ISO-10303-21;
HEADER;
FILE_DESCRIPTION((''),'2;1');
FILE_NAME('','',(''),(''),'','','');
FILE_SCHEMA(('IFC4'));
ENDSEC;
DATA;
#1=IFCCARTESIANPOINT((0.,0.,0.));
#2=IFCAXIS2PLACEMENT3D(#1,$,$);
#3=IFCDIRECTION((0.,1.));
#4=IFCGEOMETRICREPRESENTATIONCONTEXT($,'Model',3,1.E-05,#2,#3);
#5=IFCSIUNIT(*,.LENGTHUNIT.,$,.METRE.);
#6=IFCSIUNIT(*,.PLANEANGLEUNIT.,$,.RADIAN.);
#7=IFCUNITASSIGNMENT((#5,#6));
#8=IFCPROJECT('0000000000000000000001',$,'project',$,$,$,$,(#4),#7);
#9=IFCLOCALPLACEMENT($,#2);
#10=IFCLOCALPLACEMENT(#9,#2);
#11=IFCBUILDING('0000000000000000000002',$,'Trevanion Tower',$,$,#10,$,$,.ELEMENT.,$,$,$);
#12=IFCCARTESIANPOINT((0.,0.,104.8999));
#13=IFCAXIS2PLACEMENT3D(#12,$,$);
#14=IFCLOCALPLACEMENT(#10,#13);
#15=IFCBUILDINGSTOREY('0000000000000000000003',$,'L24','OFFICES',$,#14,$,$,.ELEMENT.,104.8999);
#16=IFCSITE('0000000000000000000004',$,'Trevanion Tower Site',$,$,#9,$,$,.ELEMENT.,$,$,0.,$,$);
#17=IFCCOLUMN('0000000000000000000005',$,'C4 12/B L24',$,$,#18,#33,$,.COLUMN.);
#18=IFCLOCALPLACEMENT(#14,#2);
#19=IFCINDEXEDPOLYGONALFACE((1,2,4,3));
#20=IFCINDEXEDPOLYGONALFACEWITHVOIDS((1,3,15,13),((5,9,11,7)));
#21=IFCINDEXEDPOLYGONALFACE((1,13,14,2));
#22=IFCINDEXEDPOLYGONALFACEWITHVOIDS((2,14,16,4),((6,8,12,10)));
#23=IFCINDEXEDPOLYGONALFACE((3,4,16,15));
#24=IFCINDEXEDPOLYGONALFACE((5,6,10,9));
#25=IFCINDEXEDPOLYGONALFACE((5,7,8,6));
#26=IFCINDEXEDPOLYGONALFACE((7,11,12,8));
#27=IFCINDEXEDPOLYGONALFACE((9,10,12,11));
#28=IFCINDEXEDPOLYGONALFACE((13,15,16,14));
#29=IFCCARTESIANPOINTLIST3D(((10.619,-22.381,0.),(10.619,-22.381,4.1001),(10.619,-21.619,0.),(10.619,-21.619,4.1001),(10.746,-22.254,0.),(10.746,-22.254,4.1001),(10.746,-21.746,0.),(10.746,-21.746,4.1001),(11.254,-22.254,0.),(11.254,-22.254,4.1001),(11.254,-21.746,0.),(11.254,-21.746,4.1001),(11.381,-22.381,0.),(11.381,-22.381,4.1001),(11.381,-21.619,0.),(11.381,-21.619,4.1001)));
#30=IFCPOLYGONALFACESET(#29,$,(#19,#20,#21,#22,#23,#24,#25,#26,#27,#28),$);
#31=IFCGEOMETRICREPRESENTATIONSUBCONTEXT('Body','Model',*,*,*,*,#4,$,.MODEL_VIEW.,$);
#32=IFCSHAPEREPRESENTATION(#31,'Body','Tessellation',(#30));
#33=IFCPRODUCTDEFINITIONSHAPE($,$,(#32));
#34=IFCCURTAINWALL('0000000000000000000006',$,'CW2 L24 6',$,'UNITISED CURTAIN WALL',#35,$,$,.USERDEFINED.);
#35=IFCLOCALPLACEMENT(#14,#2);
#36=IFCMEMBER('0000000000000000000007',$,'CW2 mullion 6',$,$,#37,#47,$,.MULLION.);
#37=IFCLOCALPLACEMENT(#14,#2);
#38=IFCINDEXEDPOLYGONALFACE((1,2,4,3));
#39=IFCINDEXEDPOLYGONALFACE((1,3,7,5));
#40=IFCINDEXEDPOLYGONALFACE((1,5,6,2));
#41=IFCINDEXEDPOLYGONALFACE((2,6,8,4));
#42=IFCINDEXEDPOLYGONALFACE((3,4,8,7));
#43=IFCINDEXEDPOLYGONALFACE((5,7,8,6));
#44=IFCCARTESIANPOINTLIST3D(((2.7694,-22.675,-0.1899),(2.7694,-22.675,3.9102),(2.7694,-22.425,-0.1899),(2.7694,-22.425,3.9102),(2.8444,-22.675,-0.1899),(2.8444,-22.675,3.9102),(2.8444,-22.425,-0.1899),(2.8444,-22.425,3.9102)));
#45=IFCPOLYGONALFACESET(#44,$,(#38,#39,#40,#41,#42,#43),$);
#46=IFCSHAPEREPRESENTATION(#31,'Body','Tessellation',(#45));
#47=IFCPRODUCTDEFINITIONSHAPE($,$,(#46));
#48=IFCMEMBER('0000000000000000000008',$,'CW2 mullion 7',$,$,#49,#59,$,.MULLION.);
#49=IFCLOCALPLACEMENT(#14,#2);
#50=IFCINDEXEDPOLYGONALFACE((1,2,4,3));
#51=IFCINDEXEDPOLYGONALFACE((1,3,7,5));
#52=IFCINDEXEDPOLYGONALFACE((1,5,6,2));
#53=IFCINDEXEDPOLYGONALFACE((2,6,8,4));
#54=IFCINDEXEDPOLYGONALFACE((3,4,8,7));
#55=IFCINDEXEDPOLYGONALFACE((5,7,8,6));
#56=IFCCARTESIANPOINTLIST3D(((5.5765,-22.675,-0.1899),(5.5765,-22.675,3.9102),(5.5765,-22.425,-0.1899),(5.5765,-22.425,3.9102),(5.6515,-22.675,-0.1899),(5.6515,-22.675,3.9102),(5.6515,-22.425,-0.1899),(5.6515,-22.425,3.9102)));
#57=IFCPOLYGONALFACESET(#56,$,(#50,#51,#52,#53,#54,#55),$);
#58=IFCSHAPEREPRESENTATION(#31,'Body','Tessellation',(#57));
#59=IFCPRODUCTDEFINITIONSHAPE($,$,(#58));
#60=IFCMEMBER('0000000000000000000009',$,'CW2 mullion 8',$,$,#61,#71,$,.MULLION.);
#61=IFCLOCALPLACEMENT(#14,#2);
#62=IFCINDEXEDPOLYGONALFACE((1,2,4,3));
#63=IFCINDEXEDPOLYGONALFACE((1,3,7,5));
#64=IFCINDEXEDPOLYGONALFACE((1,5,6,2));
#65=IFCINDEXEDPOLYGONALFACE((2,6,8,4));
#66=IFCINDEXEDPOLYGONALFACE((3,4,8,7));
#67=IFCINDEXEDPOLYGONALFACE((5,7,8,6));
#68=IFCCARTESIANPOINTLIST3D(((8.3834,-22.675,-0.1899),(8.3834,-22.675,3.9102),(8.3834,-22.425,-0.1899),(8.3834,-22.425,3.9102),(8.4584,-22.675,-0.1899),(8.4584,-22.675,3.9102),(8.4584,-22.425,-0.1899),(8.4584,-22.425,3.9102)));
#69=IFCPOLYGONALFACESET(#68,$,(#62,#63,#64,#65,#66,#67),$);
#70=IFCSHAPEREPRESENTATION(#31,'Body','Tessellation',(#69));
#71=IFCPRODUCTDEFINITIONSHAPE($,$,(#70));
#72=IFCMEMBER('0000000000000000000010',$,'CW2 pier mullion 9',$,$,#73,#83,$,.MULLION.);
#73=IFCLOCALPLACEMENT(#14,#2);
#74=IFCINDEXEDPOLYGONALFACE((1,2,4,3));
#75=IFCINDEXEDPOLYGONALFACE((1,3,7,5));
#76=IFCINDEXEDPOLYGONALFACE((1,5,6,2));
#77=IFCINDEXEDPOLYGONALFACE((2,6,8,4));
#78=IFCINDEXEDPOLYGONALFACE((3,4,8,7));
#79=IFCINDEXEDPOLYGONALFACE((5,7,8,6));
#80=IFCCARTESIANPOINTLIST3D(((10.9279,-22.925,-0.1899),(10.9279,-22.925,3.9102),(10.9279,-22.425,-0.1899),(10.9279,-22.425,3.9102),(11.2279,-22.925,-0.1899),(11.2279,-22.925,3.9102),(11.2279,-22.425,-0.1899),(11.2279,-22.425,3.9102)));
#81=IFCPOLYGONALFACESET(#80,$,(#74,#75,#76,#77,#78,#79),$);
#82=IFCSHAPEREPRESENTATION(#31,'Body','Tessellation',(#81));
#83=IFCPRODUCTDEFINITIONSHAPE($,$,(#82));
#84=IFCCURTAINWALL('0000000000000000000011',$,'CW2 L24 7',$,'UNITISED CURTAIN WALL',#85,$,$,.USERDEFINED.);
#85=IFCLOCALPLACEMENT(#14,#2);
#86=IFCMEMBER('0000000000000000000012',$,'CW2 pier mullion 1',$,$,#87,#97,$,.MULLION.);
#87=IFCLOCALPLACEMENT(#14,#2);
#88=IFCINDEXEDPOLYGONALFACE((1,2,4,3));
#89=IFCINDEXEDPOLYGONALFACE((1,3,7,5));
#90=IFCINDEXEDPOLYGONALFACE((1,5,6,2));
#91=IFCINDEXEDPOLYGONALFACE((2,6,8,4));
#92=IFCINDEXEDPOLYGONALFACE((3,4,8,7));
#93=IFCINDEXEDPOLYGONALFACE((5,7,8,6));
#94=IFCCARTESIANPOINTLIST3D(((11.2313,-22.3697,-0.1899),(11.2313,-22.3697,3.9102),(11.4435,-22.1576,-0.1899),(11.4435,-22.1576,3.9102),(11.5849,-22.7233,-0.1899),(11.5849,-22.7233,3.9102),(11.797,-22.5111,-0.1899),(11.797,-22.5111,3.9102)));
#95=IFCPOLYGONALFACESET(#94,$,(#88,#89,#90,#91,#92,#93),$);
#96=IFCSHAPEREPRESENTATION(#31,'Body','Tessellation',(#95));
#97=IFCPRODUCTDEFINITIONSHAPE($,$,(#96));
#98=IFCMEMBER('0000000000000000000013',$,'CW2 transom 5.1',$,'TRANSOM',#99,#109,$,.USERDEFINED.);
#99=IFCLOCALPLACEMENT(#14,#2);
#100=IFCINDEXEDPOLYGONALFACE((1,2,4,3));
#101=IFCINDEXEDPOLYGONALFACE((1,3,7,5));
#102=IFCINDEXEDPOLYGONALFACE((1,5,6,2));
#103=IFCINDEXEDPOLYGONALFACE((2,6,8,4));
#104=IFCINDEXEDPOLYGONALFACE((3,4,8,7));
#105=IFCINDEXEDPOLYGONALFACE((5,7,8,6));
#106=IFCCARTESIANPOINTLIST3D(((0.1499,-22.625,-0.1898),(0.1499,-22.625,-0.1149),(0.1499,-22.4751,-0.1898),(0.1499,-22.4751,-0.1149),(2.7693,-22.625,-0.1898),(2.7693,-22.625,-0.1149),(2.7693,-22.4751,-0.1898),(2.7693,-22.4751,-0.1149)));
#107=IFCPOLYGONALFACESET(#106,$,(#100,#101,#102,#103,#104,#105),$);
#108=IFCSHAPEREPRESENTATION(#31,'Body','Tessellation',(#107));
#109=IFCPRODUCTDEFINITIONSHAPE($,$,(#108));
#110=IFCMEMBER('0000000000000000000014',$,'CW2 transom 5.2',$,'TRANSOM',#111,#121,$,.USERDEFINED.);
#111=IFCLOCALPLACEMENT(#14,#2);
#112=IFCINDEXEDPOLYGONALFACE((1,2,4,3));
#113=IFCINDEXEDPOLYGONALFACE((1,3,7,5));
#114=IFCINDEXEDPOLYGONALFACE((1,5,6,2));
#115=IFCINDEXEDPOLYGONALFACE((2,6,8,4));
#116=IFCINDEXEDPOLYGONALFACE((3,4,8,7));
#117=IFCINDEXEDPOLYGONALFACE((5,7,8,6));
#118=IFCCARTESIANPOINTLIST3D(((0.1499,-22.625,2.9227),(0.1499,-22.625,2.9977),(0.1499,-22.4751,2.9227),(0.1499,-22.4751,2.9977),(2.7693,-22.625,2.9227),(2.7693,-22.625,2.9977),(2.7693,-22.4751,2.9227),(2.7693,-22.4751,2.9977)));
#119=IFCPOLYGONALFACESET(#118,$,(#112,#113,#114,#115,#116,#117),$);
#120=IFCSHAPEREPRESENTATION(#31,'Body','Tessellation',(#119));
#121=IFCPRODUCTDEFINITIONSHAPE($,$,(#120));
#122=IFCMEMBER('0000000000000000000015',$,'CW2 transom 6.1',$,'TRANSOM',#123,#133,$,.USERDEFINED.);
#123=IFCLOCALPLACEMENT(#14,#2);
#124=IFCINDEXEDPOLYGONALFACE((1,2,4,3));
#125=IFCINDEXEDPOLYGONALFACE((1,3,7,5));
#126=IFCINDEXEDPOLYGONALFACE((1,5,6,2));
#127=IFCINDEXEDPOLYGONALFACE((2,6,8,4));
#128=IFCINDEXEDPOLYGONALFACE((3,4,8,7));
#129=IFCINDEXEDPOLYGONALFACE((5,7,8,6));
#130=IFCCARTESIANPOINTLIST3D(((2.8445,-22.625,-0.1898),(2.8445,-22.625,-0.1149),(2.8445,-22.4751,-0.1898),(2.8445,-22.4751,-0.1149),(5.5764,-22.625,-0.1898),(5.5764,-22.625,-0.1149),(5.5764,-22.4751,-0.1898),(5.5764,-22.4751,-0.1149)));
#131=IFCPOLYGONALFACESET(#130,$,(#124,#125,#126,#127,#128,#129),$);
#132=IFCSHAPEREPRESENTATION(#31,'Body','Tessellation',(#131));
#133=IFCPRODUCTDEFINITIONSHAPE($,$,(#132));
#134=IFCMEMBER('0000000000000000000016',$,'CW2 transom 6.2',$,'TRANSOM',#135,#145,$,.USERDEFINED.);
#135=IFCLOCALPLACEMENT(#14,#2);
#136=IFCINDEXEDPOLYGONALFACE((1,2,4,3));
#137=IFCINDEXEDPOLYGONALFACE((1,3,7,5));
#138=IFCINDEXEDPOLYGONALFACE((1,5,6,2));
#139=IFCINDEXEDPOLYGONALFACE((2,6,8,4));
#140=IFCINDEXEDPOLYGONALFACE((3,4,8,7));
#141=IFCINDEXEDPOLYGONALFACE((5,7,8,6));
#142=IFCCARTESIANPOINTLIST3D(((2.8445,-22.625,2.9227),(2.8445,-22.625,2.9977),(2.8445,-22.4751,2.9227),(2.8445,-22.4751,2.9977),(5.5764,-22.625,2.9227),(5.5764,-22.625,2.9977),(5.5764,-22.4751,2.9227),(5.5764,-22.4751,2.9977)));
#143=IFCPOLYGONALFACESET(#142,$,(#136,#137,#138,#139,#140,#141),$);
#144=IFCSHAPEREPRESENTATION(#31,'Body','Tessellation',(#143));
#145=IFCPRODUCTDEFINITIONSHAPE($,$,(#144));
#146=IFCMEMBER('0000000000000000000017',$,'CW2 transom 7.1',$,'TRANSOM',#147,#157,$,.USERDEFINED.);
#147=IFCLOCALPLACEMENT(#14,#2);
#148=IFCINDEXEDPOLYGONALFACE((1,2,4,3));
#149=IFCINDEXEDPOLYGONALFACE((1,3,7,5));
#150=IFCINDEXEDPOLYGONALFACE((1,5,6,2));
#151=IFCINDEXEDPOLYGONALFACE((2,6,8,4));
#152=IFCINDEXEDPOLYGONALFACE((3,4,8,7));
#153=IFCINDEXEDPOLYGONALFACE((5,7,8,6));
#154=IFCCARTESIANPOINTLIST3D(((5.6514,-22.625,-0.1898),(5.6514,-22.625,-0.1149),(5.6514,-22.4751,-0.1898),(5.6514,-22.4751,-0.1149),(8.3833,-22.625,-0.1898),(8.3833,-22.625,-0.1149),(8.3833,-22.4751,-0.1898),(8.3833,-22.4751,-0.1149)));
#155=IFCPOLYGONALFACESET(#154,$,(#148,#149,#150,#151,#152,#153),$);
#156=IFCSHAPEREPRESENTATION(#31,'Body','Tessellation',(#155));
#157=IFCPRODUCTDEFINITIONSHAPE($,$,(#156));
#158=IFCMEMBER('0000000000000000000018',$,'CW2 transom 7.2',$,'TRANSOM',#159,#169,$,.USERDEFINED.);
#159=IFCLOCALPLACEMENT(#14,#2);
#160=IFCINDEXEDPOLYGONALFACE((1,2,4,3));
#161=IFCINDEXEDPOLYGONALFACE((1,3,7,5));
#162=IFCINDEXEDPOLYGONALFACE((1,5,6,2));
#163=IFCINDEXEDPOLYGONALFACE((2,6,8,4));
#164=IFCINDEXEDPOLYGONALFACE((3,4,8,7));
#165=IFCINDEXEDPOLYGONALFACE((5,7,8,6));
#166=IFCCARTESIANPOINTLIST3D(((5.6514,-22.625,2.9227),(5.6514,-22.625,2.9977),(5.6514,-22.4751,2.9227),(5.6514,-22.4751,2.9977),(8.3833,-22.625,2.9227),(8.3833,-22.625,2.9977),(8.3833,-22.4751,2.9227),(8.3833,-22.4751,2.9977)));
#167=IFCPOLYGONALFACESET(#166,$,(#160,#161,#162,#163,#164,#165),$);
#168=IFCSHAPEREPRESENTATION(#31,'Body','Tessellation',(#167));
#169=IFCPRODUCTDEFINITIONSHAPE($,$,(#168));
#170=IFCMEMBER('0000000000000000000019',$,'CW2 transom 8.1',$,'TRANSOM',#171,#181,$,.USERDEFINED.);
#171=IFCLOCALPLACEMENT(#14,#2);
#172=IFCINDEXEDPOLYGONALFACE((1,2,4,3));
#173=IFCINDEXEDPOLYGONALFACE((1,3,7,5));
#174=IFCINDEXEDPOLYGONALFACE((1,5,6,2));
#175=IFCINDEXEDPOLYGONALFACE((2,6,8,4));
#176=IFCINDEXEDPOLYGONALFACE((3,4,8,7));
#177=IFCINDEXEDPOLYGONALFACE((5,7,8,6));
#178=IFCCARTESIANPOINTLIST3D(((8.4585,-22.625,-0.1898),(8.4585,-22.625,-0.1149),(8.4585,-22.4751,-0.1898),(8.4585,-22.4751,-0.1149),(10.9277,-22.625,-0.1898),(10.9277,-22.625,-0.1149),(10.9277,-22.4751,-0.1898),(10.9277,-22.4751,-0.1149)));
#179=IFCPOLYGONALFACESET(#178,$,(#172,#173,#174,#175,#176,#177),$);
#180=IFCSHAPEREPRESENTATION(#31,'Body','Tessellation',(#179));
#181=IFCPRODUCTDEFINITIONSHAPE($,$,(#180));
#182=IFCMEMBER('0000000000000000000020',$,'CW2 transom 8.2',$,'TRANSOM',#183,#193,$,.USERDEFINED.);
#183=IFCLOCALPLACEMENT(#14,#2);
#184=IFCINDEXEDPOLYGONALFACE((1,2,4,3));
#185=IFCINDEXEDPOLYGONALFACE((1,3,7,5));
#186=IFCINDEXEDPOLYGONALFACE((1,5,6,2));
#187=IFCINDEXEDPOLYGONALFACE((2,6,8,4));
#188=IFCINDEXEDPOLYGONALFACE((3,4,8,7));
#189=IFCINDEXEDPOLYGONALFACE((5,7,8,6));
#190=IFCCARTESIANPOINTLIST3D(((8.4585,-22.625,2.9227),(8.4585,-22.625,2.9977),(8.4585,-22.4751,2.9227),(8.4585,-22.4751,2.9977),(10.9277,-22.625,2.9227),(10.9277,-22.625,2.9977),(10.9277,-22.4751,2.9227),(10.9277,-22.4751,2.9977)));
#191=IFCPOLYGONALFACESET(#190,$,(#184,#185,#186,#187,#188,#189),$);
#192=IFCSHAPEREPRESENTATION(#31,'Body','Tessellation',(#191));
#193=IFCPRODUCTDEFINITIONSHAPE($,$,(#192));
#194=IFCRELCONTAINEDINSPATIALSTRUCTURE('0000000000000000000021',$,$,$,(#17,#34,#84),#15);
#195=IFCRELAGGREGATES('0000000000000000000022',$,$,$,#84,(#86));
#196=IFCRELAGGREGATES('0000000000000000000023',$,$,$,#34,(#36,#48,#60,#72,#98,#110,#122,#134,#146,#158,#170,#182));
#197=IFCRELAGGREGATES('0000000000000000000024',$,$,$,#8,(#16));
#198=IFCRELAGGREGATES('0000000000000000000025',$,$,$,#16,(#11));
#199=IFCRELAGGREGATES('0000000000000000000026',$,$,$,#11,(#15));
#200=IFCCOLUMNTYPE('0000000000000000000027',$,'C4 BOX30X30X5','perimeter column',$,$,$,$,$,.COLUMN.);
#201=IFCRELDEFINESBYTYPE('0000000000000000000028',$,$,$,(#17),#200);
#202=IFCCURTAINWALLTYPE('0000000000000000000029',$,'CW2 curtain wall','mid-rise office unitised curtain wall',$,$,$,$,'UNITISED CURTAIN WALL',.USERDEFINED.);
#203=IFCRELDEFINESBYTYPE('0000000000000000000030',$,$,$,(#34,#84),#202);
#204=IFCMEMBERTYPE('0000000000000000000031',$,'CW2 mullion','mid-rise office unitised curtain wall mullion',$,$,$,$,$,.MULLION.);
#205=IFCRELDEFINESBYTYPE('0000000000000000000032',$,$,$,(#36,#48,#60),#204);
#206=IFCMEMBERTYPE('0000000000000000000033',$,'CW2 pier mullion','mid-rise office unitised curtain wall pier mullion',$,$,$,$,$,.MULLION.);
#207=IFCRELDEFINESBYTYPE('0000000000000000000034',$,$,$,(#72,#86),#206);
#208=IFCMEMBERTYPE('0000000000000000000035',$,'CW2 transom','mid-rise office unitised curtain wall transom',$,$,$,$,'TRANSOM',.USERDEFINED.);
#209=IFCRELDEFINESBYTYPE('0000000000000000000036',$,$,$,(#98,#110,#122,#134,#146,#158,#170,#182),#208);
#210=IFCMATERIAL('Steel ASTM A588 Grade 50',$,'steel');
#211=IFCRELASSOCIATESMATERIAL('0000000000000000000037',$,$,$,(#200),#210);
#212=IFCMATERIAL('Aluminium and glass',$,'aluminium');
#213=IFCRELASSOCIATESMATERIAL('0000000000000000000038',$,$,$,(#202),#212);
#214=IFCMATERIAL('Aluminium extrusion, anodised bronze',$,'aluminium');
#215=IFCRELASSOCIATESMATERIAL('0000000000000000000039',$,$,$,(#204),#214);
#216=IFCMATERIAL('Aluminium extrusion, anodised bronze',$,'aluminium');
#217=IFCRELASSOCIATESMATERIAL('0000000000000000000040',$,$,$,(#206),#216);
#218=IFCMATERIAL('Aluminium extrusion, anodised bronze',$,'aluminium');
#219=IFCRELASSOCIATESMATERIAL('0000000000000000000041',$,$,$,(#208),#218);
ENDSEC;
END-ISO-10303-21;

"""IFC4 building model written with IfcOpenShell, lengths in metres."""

from ifc_helpers import new_model, si_unit, direction, frame, origin, origin_2d, place, context, subcontext, project, spatial, rectangle, hollow_rectangle, extrude, material, material_profile, profile_set, type_object, element, aggregate, save


model = new_model("IFC4")

# Units and contexts
model_context = context("Model", 3, precision=1e-05, world=origin(), true_north=direction((0.0, 1.0)))
body_context = subcontext(model_context, "Body", "Model", "MODEL_VIEW")
ifc_project = project(units=[si_unit("LENGTHUNIT", "METRE"), si_unit("PLANEANGLEUNIT", "RADIAN")], contexts=[model_context])

# Site, building, storey
site_placement = place(None, origin())
site = spatial("IfcSite", under=ifc_project, at=site_placement, Name="Trevanion Tower Site", CompositionType="ELEMENT", RefElevation=0.0)
building_placement = place(site_placement, origin())
building = spatial("IfcBuilding", under=site, at=building_placement, Name="Trevanion Tower", CompositionType="ELEMENT")
storey_placement = place(building_placement, frame((0.0, 0.0, 104.8999)))
storey = spatial("IfcBuildingStorey", under=building, at=storey_placement, Name="L24", Description="OFFICES", CompositionType="ELEMENT", Elevation=104.8999)

# Column
ifc_material_1 = material(Name="Steel ASTM A588 Grade 50", Category="steel")
ifc_material_profile_1 = material_profile(ifc_material_1, hollow_rectangle(XDim=0.762, YDim=0.762, WallThickness=0.127, at=origin_2d()), Name="BOX30X30X5")
ifc_profile_set_1 = profile_set([ifc_material_profile_1], Name="Steel ASTM A588 Grade 50")
column_type = type_object("IfcColumnType", Name="C4 BOX30X30X5", Description="perimeter column", PredefinedType="COLUMN", material=ifc_profile_set_1)
column_placement = place(storey_placement, frame((11.0, -22.0, 0.0), z_axis=(0.0, 0.0, 1.0), x_axis=(1.0, 0.0, 0.0)))
element("IfcColumn", 1, at=column_placement, inside=storey, type_object=column_type, Name="C4 12/B L24", PredefinedType="COLUMN", context=body_context, shape_type="SweptSolid", body=[
    extrude(hollow_rectangle(XDim=0.762, YDim=0.762, WallThickness=0.127, at=origin_2d()), origin(), (0.0, 0.0, 1.0), 4.1001),
])

# Curtain wall, members
ifc_material_2 = material(Name="Aluminium and glass", Category="aluminium")
curtain_wall_type = type_object("IfcCurtainWallType", Name="CW2 curtain wall", Description="mid-rise office unitised curtain wall", ElementType="UNITISED CURTAIN WALL", PredefinedType="USERDEFINED", material=ifc_material_2)
curtain_wall_1_placement = place(storey_placement, origin())
curtain_wall_1 = element("IfcCurtainWall", 2, at=curtain_wall_1_placement, inside=storey, type_object=curtain_wall_type, Name="CW2 L24 6", ObjectType="UNITISED CURTAIN WALL", PredefinedType="USERDEFINED")
ifc_material_3 = material(Name="Aluminium extrusion, anodised bronze", Category="aluminium")
ifc_material_profile_2 = material_profile(ifc_material_3, rectangle(XDim=0.075, YDim=0.25, at=origin_2d()), Name="CW2 mullion")
ifc_profile_set_2 = profile_set([ifc_material_profile_2], Name="Aluminium extrusion, anodised bronze")
member_type_1 = type_object("IfcMemberType", Name="CW2 mullion", Description="mid-rise office unitised curtain wall mullion", PredefinedType="MULLION", material=ifc_profile_set_2)
member_1_placement = place(storey_placement, frame((2.8069, -22.55, -0.1899), z_axis=(0.0, 0.0, 1.0), x_axis=(1.0, 0.0, 0.0)))
member_1 = element("IfcMember", 3, at=member_1_placement, type_object=member_type_1, Name="CW2 mullion 6", PredefinedType="MULLION", context=body_context, shape_type="SweptSolid", body=[
    extrude(rectangle(XDim=0.075, YDim=0.25, at=origin_2d()), origin(), (0.0, 0.0, 1.0), 4.1001),
])
member_2_placement = place(storey_placement, frame((5.614, -22.55, -0.1899), z_axis=(0.0, 0.0, 1.0), x_axis=(1.0, 0.0, 0.0)))
member_2 = element("IfcMember", 4, at=member_2_placement, type_object=member_type_1, Name="CW2 mullion 7", PredefinedType="MULLION", context=body_context, shape_type="SweptSolid", body=[
    extrude(rectangle(XDim=0.075, YDim=0.25, at=origin_2d()), origin(), (0.0, 0.0, 1.0), 4.1001),
])
member_3_placement = place(storey_placement, frame((8.4209, -22.55, -0.1899), z_axis=(0.0, 0.0, 1.0), x_axis=(1.0, 0.0, 0.0)))
member_3 = element("IfcMember", 5, at=member_3_placement, type_object=member_type_1, Name="CW2 mullion 8", PredefinedType="MULLION", context=body_context, shape_type="SweptSolid", body=[
    extrude(rectangle(XDim=0.075, YDim=0.25, at=origin_2d()), origin(), (0.0, 0.0, 1.0), 4.1001),
])
ifc_material_4 = material(Name="Aluminium extrusion, anodised bronze", Category="aluminium")
ifc_material_profile_3 = material_profile(ifc_material_4, rectangle(XDim=0.3, YDim=0.5, at=origin_2d()), Name="CW2 pier mullion")
ifc_profile_set_3 = profile_set([ifc_material_profile_3], Name="Aluminium extrusion, anodised bronze")
member_type_2 = type_object("IfcMemberType", Name="CW2 pier mullion", Description="mid-rise office unitised curtain wall pier mullion", PredefinedType="MULLION", material=ifc_profile_set_3)
member_4_placement = place(storey_placement, frame((11.0779, -22.675, -0.1899), z_axis=(0.0, 0.0, 1.0), x_axis=(1.0, 0.0, 0.0)))
member_4 = element("IfcMember", 6, at=member_4_placement, type_object=member_type_2, Name="CW2 pier mullion 9", PredefinedType="MULLION", context=body_context, shape_type="SweptSolid", body=[
    extrude(rectangle(XDim=0.3, YDim=0.5, at=origin_2d()), origin(), (0.0, 0.0, 1.0), 4.1001),
])

# Curtain wall, member
curtain_wall_2_placement = place(storey_placement, origin())
curtain_wall_2 = element("IfcCurtainWall", 7, at=curtain_wall_2_placement, inside=storey, type_object=curtain_wall_type, Name="CW2 L24 7", ObjectType="UNITISED CURTAIN WALL", PredefinedType="USERDEFINED")
member_5_placement = place(storey_placement, frame((11.5142, -22.4404, -0.1899), z_axis=(0.0, 0.0, 1.0), x_axis=(0.707107, 0.707107, 0.0)))
member_5 = element("IfcMember", 8, at=member_5_placement, type_object=member_type_2, Name="CW2 pier mullion 1", PredefinedType="MULLION", context=body_context, shape_type="SweptSolid", body=[
    extrude(rectangle(XDim=0.3, YDim=0.5, at=origin_2d()), origin(), (0.0, 0.0, 1.0), 4.1001),
])
aggregate(curtain_wall_2, [member_5])

# Members
ifc_material_5 = material(Name="Aluminium extrusion, anodised bronze", Category="aluminium")
ifc_material_profile_4 = material_profile(ifc_material_5, rectangle(XDim=0.1499, YDim=0.075, at=origin_2d()), Name="CW2 transom")
ifc_profile_set_4 = profile_set([ifc_material_profile_4], Name="Aluminium extrusion, anodised bronze")
member_type_3 = type_object("IfcMemberType", Name="CW2 transom", Description="mid-rise office unitised curtain wall transom", ElementType="TRANSOM", PredefinedType="USERDEFINED", material=ifc_profile_set_4)
member_6_placement = place(storey_placement, frame((0.1499, -22.55, -0.1523), z_axis=(1.0, 0.0, 0.0), x_axis=(0.0, 1.0, 0.0)))
member_6 = element("IfcMember", 9, at=member_6_placement, type_object=member_type_3, Name="CW2 transom 5.1", ObjectType="TRANSOM", PredefinedType="USERDEFINED", context=body_context, shape_type="SweptSolid", body=[
    extrude(rectangle(XDim=0.1499, YDim=0.075, at=origin_2d()), origin(), (0.0, 0.0, 1.0), 2.6194),
])
member_7_placement = place(storey_placement, frame((0.1499, -22.55, 2.9602), z_axis=(1.0, 0.0, 0.0), x_axis=(0.0, 1.0, 0.0)))
member_7 = element("IfcMember", 10, at=member_7_placement, type_object=member_type_3, Name="CW2 transom 5.2", ObjectType="TRANSOM", PredefinedType="USERDEFINED", context=body_context, shape_type="SweptSolid", body=[
    extrude(rectangle(XDim=0.1499, YDim=0.075, at=origin_2d()), origin(), (0.0, 0.0, 1.0), 2.6194),
])
member_8_placement = place(storey_placement, frame((2.8445, -22.55, -0.1523), z_axis=(1.0, 0.0, 0.0), x_axis=(0.0, 1.0, 0.0)))
member_8 = element("IfcMember", 11, at=member_8_placement, type_object=member_type_3, Name="CW2 transom 6.1", ObjectType="TRANSOM", PredefinedType="USERDEFINED", context=body_context, shape_type="SweptSolid", body=[
    extrude(rectangle(XDim=0.1499, YDim=0.075, at=origin_2d()), origin(), (0.0, 0.0, 1.0), 2.7319),
])
member_9_placement = place(storey_placement, frame((2.8445, -22.55, 2.9602), z_axis=(1.0, 0.0, 0.0), x_axis=(0.0, 1.0, 0.0)))
member_9 = element("IfcMember", 12, at=member_9_placement, type_object=member_type_3, Name="CW2 transom 6.2", ObjectType="TRANSOM", PredefinedType="USERDEFINED", context=body_context, shape_type="SweptSolid", body=[
    extrude(rectangle(XDim=0.1499, YDim=0.075, at=origin_2d()), origin(), (0.0, 0.0, 1.0), 2.7319),
])
member_10_placement = place(storey_placement, frame((5.6514, -22.55, -0.1523), z_axis=(1.0, 0.0, 0.0), x_axis=(0.0, 1.0, 0.0)))
member_10 = element("IfcMember", 13, at=member_10_placement, type_object=member_type_3, Name="CW2 transom 7.1", ObjectType="TRANSOM", PredefinedType="USERDEFINED", context=body_context, shape_type="SweptSolid", body=[
    extrude(rectangle(XDim=0.1499, YDim=0.075, at=origin_2d()), origin(), (0.0, 0.0, 1.0), 2.7319),
])
member_11_placement = place(storey_placement, frame((5.6514, -22.55, 2.9602), z_axis=(1.0, 0.0, 0.0), x_axis=(0.0, 1.0, 0.0)))
member_11 = element("IfcMember", 14, at=member_11_placement, type_object=member_type_3, Name="CW2 transom 7.2", ObjectType="TRANSOM", PredefinedType="USERDEFINED", context=body_context, shape_type="SweptSolid", body=[
    extrude(rectangle(XDim=0.1499, YDim=0.075, at=origin_2d()), origin(), (0.0, 0.0, 1.0), 2.7319),
])
member_12_placement = place(storey_placement, frame((8.4585, -22.55, -0.1523), z_axis=(1.0, 0.0, 0.0), x_axis=(0.0, 1.0, 0.0)))
member_12 = element("IfcMember", 15, at=member_12_placement, type_object=member_type_3, Name="CW2 transom 8.1", ObjectType="TRANSOM", PredefinedType="USERDEFINED", context=body_context, shape_type="SweptSolid", body=[
    extrude(rectangle(XDim=0.1499, YDim=0.075, at=origin_2d()), origin(), (0.0, 0.0, 1.0), 2.4692),
])
member_13_placement = place(storey_placement, frame((8.4585, -22.55, 2.9602), z_axis=(1.0, 0.0, 0.0), x_axis=(0.0, 1.0, 0.0)))
member_13 = element("IfcMember", 16, at=member_13_placement, type_object=member_type_3, Name="CW2 transom 8.2", ObjectType="TRANSOM", PredefinedType="USERDEFINED", context=body_context, shape_type="SweptSolid", body=[
    extrude(rectangle(XDim=0.1499, YDim=0.075, at=origin_2d()), origin(), (0.0, 0.0, 1.0), 2.4692),
])

aggregate(curtain_wall_1, [member_1, member_2, member_3, member_4, member_6, member_7, member_8, member_9, member_10, member_11, member_12, member_13])

save(model, "model.ifc")
